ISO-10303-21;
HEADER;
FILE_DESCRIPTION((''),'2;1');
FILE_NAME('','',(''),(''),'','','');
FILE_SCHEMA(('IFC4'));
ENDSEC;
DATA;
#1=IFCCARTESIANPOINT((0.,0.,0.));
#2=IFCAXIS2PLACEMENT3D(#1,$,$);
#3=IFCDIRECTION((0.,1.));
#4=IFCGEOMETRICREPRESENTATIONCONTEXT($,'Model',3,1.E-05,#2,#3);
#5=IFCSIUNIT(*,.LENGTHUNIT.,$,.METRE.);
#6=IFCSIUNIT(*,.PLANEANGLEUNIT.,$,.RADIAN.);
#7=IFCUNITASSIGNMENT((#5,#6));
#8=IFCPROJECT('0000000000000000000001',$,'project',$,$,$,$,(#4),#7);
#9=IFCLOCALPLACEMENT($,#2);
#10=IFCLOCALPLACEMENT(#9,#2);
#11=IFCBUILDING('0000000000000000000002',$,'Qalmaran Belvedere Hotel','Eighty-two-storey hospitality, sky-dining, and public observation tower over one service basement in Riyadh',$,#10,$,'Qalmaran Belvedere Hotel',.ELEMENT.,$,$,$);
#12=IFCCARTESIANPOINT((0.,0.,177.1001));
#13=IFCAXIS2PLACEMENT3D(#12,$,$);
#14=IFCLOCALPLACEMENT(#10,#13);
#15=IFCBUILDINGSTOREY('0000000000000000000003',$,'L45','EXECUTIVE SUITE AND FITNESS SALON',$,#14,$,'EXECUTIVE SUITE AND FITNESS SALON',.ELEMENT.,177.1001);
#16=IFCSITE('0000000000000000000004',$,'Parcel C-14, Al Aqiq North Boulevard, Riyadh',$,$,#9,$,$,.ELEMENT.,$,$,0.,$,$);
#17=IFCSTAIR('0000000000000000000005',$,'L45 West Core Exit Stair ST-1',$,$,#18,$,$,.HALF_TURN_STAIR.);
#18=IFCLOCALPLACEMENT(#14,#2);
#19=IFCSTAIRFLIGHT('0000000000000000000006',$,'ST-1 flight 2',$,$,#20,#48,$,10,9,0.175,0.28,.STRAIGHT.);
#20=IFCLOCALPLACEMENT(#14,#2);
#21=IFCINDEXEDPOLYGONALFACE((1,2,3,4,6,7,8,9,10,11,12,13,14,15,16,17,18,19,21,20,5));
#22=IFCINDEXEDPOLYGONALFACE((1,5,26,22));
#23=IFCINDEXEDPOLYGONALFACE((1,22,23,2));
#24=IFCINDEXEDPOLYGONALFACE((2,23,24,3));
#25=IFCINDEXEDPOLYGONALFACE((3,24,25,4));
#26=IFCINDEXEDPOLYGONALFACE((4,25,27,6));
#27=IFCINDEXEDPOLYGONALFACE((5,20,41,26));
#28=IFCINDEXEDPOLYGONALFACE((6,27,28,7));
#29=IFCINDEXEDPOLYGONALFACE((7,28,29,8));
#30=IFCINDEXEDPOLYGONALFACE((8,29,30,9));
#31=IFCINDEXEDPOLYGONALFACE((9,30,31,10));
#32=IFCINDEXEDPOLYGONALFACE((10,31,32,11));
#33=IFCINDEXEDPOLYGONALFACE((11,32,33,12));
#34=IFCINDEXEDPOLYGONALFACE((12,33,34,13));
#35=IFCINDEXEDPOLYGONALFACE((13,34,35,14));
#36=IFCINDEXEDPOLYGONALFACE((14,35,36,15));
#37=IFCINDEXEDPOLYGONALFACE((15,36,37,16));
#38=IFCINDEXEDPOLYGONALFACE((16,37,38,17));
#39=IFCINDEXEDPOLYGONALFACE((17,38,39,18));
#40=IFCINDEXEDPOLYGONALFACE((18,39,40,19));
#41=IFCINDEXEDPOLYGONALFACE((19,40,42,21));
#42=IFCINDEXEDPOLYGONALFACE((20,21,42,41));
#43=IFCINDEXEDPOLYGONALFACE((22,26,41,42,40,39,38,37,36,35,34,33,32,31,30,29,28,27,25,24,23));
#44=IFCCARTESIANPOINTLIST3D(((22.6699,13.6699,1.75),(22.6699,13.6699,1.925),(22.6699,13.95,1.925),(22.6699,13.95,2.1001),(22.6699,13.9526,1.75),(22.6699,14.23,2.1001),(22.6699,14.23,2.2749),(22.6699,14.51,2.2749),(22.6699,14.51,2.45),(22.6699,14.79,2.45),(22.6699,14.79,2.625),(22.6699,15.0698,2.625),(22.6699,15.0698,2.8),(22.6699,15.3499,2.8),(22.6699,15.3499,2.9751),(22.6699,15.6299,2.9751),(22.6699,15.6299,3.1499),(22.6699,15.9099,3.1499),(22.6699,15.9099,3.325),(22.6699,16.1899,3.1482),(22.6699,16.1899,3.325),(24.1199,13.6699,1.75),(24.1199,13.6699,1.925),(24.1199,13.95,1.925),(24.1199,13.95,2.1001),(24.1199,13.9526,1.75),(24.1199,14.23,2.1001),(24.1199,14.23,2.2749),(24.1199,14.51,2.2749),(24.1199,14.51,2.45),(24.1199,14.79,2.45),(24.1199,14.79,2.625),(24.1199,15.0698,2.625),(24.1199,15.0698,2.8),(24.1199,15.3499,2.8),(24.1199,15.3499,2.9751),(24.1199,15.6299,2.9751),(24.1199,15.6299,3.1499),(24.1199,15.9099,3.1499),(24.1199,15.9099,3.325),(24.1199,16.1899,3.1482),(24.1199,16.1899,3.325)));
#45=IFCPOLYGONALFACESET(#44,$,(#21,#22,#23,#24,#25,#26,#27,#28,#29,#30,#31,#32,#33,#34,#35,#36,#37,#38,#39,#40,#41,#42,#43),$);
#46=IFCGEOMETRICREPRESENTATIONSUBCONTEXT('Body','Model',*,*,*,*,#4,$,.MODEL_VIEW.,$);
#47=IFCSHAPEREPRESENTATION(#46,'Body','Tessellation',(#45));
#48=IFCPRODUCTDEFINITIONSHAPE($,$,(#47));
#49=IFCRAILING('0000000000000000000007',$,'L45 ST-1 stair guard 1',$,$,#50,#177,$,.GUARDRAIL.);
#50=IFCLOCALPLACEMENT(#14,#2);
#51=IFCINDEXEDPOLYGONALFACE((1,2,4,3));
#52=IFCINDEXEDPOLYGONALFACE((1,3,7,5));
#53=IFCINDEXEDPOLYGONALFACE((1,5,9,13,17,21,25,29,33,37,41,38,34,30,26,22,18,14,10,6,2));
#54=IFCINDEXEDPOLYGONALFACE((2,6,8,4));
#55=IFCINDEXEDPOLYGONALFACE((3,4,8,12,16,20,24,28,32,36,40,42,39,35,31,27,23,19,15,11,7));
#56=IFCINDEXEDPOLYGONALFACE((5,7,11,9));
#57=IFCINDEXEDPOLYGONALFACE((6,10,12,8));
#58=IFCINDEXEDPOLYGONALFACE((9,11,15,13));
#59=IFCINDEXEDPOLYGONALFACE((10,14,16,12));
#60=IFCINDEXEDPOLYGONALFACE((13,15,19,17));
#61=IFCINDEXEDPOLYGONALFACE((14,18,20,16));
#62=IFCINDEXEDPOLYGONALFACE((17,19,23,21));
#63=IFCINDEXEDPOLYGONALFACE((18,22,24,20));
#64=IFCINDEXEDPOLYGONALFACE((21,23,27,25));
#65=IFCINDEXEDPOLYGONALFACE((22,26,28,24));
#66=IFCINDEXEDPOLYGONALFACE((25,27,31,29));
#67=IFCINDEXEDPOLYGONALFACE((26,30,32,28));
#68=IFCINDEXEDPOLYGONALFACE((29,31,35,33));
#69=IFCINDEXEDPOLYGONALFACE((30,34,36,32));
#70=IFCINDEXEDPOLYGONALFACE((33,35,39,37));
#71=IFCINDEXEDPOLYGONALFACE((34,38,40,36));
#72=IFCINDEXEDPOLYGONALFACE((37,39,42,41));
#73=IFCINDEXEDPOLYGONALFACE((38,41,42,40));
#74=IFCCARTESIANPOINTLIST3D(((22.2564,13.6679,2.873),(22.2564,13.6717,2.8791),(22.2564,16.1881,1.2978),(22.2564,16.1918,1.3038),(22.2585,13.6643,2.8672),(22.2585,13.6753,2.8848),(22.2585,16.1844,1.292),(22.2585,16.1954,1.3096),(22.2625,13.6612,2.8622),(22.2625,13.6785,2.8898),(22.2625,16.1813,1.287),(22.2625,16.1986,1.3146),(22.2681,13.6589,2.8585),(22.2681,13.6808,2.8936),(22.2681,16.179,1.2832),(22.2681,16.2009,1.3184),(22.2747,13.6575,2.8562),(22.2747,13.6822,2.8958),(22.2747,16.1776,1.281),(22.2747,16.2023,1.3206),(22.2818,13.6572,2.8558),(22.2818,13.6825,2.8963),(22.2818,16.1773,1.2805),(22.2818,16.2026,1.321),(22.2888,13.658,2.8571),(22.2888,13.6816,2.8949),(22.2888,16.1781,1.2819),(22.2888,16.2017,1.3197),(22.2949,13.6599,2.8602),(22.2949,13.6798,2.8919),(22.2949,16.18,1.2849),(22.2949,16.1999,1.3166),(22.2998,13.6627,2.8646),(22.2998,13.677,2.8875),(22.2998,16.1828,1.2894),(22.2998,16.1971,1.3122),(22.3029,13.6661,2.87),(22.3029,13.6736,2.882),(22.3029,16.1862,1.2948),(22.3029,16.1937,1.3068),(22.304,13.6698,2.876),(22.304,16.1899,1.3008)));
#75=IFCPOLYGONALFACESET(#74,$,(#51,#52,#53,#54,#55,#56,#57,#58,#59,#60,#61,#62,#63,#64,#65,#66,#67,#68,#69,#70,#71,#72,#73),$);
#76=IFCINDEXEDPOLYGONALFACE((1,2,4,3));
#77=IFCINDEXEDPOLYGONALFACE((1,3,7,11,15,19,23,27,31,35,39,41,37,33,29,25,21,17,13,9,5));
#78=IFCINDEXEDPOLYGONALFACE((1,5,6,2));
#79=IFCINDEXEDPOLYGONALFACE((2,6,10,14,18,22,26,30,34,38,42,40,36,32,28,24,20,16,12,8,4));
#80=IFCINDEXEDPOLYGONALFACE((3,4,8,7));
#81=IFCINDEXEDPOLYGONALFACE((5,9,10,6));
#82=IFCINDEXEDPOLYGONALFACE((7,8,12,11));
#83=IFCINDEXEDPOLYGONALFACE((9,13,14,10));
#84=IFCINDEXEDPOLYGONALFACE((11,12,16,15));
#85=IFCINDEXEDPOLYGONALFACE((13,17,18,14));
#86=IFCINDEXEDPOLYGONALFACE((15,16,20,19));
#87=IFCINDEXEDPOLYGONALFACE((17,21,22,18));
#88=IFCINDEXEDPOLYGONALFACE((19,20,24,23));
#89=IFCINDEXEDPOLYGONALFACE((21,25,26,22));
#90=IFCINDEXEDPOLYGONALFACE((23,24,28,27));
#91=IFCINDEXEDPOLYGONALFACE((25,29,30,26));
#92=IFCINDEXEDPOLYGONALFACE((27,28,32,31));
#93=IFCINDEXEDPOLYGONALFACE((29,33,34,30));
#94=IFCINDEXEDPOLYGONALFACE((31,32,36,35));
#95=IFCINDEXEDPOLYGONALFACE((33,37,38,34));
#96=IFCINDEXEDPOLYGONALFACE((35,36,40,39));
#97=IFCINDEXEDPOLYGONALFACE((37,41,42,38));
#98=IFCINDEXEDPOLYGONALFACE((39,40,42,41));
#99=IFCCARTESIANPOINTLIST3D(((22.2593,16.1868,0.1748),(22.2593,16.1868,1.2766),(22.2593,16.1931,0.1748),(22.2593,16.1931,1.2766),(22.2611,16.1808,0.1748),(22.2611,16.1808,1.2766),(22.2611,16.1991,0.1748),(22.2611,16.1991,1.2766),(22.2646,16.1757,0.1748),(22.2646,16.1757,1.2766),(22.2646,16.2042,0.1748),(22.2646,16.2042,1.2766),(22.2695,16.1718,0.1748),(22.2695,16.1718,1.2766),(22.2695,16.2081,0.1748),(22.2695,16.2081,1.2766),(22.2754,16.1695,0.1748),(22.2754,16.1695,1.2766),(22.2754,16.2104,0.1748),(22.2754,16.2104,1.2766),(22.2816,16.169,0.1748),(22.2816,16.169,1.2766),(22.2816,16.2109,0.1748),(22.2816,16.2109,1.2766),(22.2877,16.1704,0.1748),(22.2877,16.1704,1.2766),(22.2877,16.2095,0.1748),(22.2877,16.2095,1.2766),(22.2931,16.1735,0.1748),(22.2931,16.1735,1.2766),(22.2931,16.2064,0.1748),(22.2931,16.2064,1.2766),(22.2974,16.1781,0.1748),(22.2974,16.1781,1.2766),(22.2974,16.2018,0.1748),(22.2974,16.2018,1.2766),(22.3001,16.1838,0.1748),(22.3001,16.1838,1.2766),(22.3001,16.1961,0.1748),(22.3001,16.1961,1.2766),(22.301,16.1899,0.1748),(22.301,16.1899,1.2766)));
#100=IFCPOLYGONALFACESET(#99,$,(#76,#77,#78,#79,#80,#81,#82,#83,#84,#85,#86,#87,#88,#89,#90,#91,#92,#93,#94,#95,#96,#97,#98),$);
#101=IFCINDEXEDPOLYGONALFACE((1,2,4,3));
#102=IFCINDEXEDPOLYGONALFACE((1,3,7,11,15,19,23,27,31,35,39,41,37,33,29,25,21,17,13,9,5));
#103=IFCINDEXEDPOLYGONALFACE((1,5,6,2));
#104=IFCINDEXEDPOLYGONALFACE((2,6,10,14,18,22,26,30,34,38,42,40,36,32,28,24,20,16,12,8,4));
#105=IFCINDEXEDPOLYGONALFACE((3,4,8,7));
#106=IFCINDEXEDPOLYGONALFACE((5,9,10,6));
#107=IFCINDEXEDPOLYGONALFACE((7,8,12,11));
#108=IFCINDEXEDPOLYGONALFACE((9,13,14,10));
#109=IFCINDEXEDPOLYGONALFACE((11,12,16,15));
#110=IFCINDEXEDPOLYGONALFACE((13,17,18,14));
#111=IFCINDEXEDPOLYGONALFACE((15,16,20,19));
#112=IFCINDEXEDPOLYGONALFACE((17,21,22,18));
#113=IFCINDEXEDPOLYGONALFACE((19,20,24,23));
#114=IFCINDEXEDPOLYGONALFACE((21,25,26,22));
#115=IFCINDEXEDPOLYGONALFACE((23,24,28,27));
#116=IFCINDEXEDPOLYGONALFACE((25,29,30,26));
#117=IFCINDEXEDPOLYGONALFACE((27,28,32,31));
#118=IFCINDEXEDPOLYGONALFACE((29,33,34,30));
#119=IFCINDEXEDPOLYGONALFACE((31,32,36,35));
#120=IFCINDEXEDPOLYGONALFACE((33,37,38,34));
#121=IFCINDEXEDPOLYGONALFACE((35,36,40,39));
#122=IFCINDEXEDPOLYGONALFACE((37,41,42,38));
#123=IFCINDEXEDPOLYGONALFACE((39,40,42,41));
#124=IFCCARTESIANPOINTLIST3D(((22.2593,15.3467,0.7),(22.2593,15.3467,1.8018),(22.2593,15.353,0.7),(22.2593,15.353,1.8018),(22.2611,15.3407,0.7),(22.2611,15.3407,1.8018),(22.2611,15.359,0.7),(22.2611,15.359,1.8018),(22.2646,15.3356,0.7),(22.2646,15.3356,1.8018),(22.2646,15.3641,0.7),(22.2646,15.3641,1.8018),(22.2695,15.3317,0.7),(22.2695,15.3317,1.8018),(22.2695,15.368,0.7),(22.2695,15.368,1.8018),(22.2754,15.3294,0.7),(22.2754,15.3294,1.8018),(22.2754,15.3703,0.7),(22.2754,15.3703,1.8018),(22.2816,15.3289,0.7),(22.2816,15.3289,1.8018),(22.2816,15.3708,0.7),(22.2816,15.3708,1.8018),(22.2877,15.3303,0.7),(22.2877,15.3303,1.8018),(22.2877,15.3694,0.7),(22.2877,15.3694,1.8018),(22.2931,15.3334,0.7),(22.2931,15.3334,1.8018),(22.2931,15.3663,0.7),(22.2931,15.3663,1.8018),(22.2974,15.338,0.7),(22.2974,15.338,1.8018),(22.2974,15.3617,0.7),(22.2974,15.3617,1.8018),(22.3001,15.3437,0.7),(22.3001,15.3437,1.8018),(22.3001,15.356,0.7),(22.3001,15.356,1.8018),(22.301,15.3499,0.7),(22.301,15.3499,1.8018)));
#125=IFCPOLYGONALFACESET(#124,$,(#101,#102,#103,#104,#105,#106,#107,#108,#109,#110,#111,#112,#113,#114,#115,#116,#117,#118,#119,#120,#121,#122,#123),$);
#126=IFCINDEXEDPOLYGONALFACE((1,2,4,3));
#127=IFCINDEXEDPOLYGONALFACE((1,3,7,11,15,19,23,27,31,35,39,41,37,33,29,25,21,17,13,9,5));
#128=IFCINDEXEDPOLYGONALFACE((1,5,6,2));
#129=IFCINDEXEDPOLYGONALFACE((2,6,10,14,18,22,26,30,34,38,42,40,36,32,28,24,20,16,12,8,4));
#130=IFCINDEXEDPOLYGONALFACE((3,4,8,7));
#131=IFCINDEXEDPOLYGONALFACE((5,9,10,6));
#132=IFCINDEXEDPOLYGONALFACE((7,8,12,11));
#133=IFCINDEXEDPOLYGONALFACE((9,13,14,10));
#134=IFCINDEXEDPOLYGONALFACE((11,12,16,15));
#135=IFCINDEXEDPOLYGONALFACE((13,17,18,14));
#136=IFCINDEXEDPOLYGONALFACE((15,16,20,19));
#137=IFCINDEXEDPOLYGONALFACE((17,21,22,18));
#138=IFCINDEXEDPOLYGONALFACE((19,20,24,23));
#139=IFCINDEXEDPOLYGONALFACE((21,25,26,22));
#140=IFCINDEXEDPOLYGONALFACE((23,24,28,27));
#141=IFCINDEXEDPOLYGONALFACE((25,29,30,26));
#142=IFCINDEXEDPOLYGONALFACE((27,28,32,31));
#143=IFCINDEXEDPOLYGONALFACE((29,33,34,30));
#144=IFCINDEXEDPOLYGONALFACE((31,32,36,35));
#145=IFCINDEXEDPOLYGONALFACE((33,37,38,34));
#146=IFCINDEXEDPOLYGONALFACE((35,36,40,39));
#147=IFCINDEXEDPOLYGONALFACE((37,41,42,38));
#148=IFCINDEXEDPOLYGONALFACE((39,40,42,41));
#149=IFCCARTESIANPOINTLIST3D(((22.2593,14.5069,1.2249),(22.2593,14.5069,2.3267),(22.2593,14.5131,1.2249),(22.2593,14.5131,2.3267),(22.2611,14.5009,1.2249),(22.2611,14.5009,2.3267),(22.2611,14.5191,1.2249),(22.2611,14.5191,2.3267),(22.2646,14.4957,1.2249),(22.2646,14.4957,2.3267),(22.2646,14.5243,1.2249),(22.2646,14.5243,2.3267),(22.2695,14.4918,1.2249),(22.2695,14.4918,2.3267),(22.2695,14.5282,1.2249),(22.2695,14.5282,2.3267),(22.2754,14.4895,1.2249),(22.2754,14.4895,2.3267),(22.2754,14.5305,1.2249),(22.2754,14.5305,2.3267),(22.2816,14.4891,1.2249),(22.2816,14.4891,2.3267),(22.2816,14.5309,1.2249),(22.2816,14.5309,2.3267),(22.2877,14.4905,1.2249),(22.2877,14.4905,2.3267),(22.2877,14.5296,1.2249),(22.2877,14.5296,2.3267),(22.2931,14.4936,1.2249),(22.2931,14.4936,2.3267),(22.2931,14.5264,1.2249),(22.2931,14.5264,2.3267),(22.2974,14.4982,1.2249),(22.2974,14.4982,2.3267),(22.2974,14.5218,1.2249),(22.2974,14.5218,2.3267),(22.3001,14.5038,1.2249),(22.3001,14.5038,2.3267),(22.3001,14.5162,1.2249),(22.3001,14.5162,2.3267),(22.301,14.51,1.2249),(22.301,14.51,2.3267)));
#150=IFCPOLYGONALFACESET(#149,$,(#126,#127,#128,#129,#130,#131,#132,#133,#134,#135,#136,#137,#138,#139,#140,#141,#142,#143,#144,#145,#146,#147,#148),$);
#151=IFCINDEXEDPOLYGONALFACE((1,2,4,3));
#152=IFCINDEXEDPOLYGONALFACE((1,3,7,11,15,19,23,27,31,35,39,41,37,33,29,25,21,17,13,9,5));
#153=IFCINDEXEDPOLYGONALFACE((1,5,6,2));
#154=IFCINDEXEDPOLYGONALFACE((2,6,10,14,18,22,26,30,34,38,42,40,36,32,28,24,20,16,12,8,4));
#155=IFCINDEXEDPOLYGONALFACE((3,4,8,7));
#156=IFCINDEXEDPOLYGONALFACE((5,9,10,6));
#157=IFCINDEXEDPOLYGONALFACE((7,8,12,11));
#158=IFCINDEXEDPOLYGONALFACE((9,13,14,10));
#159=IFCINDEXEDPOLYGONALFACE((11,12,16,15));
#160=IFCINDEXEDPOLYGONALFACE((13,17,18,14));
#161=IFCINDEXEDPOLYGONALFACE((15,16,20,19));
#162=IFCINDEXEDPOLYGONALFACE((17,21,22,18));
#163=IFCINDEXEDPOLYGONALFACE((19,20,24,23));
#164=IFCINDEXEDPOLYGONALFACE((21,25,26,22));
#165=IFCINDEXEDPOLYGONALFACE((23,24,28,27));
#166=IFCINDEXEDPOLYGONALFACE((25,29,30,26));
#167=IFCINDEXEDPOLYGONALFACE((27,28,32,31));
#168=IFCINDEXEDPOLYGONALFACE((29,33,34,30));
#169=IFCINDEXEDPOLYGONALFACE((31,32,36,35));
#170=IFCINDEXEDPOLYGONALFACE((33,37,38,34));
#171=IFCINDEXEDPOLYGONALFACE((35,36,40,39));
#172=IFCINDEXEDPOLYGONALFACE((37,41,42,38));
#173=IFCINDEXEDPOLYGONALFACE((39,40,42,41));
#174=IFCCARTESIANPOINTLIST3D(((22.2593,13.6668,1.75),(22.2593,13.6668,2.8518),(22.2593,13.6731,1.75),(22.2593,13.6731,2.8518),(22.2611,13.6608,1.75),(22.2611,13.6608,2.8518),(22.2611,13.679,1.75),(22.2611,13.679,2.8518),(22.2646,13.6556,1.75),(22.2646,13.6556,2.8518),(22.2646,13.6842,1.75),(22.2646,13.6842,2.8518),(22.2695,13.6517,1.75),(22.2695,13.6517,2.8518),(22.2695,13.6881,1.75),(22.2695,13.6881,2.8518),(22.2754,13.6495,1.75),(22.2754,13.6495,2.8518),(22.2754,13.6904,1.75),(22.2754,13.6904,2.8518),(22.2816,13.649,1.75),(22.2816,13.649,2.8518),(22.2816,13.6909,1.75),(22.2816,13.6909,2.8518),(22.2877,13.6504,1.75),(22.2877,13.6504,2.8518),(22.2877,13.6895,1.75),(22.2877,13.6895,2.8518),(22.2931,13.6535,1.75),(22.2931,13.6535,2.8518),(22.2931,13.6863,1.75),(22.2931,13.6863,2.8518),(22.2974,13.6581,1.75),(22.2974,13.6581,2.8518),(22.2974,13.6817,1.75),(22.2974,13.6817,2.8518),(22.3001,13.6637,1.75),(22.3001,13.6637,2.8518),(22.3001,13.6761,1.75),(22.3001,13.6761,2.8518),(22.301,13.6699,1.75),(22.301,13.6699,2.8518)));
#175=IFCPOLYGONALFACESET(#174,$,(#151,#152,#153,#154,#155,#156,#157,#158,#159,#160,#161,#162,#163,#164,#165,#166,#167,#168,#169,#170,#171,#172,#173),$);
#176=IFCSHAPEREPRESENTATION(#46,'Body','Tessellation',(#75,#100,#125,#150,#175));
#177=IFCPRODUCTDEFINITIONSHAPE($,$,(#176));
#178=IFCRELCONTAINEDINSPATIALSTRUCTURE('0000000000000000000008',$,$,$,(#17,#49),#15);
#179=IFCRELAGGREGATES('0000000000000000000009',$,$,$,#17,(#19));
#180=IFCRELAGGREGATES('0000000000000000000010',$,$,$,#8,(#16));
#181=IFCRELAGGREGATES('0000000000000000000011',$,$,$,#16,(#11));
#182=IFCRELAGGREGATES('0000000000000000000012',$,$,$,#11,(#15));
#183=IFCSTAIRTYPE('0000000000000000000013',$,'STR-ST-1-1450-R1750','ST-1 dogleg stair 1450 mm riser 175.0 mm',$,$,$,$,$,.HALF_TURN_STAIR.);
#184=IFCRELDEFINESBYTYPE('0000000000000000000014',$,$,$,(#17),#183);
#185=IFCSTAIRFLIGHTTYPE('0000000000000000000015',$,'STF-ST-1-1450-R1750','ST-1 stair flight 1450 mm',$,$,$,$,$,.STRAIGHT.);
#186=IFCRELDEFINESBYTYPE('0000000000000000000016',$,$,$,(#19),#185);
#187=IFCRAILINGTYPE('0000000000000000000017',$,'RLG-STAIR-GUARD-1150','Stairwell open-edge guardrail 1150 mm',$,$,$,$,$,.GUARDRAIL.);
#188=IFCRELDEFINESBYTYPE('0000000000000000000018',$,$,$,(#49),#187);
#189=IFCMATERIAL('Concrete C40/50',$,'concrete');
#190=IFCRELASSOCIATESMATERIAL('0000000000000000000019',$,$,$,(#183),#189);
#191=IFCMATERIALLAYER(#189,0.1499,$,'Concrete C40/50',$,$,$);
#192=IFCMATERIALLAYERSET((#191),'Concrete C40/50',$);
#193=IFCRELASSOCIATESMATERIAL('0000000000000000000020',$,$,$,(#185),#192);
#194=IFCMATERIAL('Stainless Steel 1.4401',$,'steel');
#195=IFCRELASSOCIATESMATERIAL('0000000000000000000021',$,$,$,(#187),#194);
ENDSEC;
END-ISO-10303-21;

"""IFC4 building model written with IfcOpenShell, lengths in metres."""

from ifc_helpers import new_model, si_unit, direction, frame, origin, origin_2d, place, context, subcontext, project, spatial, polyline, circle, outline, extrude, material, layer, layer_set, type_object, element, aggregate, save


model = new_model("IFC4")

# Units and contexts
model_context = context("Model", 3, precision=1e-05, world=origin(), true_north=direction((0.0, 1.0)))
body_context = subcontext(model_context, "Body", "Model", "MODEL_VIEW")
ifc_project = project(units=[si_unit("LENGTHUNIT", "METRE"), si_unit("PLANEANGLEUNIT", "RADIAN")], contexts=[model_context])

# Site, building, storey
site_placement = place(None, origin())
site = spatial("IfcSite", under=ifc_project, at=site_placement, Name="Parcel C-14, Al Aqiq North Boulevard, Riyadh", CompositionType="ELEMENT", RefElevation=0.0)
building_placement = place(site_placement, origin())
building = spatial("IfcBuilding", under=site, at=building_placement, Name="Qalmaran Belvedere Hotel", Description="Eighty-two-storey hospitality, sky-dining, and public observation tower over one service basement in Riyadh", LongName="Qalmaran Belvedere Hotel", CompositionType="ELEMENT")
storey_placement = place(building_placement, frame((0.0, 0.0, 177.1001)))
storey = spatial("IfcBuildingStorey", under=building, at=storey_placement, Name="L45", Description="EXECUTIVE SUITE AND FITNESS SALON", LongName="EXECUTIVE SUITE AND FITNESS SALON", CompositionType="ELEMENT", Elevation=177.1001)

# Stair, stair flight
ifc_material_1 = material(Name="Concrete C40/50", Category="concrete")
stair_type = type_object("IfcStairType", Name="STR-ST-1-1450-R1750", Description="ST-1 dogleg stair 1450 mm riser 175.0 mm", PredefinedType="HALF_TURN_STAIR", material=ifc_material_1)
stair_placement = place(storey_placement, origin())
stair = element("IfcStair", 1, at=stair_placement, inside=storey, type_object=stair_type, Name="L45 West Core Exit Stair ST-1", PredefinedType="HALF_TURN_STAIR")
ifc_layer_1 = layer(ifc_material_1, 0.1499, Name="Concrete C40/50")
ifc_layer_set_1 = layer_set([ifc_layer_1], Name="Concrete C40/50")
stair_flight_type = type_object("IfcStairFlightType", Name="STF-ST-1-1450-R1750", Description="ST-1 stair flight 1450 mm", PredefinedType="STRAIGHT", material=ifc_layer_set_1)
stair_flight_1_placement = place(storey_placement, frame((23.395, 13.6699, 1.75), z_axis=(0.0, 0.0, 1.0), x_axis=(0.0, 1.0, 0.0)))
stair_flight_1 = element("IfcStairFlight", 2, at=stair_flight_1_placement, type_object=stair_flight_type, Name="ST-1 flight 2", NumberOfRisers=10, NumberOfTreads=9, PredefinedType="STRAIGHT", RiserHeight=0.175, TreadLength=0.28, context=body_context, shape_type="SweptSolid", body=[
    extrude(outline(polyline([(0.0, 0.0), (0.0, 0.175), (0.28, 0.175), (0.28, 0.3501), (0.5601, 0.3501), (0.5601, 0.5249), (0.8401, 0.5249), (0.8401, 0.7), (1.1201, 0.7), (1.1201, 0.875), (1.3999, 0.875), (1.3999, 1.05), (1.6799, 1.05), (1.6799, 1.2251), (1.96, 1.2251), (1.96, 1.3999), (2.24, 1.3999), (2.24, 1.575), (2.52, 1.575), (2.52, 1.75), (2.52, 1.3982), (0.2827, 0.0), (0.0, 0.0)])), frame((0.0, 0.7251, 0.0), z_axis=(0.0, -1.0, 0.0), x_axis=(1.0, 0.0, 0.0)), (0.0, 0.0, 1.0), 1.45),
])
aggregate(stair, [stair_flight_1])

# Railing
ifc_material_2 = material(Name="Stainless Steel 1.4401", Category="steel")
railing_type_1 = type_object("IfcRailingType", Name="RLG-STAIR-GUARD-1150", Description="Stairwell open-edge guardrail 1150 mm", PredefinedType="GUARDRAIL", material=ifc_material_2)
railing_1_placement = place(storey_placement, frame((22.28, 16.1899, 0.1748)))
element("IfcRailing", 3, at=railing_1_placement, inside=storey, type_object=railing_type_1, Name="L45 ST-1 stair guard 1", PredefinedType="GUARDRAIL", context=body_context, shape_type="SweptSolid", body=[
    extrude(circle(Radius=0.0239, at=origin_2d()), frame((0.0, 0.0, 1.126), z_axis=(0.0, -0.847971, 0.530043), x_axis=(1.0, 0.0, 0.0)), (0.0, 0.0, 1.0), 2.9719),
    extrude(circle(Radius=0.021, at=origin_2d()), origin(), (0.0, 0.0, 1.0), 1.1018),
    extrude(circle(Radius=0.021, at=origin_2d()), frame((0.0, -0.8401, 0.5251)), (0.0, 0.0, 1.0), 1.1018),
    extrude(circle(Radius=0.021, at=origin_2d()), frame((0.0, -1.6799, 1.05)), (0.0, 0.0, 1.0), 1.1018),
    extrude(circle(Radius=0.021, at=origin_2d()), frame((0.0, -2.52, 1.5752)), (0.0, 0.0, 1.0), 1.1018),
])

save(model, "model.ifc")
